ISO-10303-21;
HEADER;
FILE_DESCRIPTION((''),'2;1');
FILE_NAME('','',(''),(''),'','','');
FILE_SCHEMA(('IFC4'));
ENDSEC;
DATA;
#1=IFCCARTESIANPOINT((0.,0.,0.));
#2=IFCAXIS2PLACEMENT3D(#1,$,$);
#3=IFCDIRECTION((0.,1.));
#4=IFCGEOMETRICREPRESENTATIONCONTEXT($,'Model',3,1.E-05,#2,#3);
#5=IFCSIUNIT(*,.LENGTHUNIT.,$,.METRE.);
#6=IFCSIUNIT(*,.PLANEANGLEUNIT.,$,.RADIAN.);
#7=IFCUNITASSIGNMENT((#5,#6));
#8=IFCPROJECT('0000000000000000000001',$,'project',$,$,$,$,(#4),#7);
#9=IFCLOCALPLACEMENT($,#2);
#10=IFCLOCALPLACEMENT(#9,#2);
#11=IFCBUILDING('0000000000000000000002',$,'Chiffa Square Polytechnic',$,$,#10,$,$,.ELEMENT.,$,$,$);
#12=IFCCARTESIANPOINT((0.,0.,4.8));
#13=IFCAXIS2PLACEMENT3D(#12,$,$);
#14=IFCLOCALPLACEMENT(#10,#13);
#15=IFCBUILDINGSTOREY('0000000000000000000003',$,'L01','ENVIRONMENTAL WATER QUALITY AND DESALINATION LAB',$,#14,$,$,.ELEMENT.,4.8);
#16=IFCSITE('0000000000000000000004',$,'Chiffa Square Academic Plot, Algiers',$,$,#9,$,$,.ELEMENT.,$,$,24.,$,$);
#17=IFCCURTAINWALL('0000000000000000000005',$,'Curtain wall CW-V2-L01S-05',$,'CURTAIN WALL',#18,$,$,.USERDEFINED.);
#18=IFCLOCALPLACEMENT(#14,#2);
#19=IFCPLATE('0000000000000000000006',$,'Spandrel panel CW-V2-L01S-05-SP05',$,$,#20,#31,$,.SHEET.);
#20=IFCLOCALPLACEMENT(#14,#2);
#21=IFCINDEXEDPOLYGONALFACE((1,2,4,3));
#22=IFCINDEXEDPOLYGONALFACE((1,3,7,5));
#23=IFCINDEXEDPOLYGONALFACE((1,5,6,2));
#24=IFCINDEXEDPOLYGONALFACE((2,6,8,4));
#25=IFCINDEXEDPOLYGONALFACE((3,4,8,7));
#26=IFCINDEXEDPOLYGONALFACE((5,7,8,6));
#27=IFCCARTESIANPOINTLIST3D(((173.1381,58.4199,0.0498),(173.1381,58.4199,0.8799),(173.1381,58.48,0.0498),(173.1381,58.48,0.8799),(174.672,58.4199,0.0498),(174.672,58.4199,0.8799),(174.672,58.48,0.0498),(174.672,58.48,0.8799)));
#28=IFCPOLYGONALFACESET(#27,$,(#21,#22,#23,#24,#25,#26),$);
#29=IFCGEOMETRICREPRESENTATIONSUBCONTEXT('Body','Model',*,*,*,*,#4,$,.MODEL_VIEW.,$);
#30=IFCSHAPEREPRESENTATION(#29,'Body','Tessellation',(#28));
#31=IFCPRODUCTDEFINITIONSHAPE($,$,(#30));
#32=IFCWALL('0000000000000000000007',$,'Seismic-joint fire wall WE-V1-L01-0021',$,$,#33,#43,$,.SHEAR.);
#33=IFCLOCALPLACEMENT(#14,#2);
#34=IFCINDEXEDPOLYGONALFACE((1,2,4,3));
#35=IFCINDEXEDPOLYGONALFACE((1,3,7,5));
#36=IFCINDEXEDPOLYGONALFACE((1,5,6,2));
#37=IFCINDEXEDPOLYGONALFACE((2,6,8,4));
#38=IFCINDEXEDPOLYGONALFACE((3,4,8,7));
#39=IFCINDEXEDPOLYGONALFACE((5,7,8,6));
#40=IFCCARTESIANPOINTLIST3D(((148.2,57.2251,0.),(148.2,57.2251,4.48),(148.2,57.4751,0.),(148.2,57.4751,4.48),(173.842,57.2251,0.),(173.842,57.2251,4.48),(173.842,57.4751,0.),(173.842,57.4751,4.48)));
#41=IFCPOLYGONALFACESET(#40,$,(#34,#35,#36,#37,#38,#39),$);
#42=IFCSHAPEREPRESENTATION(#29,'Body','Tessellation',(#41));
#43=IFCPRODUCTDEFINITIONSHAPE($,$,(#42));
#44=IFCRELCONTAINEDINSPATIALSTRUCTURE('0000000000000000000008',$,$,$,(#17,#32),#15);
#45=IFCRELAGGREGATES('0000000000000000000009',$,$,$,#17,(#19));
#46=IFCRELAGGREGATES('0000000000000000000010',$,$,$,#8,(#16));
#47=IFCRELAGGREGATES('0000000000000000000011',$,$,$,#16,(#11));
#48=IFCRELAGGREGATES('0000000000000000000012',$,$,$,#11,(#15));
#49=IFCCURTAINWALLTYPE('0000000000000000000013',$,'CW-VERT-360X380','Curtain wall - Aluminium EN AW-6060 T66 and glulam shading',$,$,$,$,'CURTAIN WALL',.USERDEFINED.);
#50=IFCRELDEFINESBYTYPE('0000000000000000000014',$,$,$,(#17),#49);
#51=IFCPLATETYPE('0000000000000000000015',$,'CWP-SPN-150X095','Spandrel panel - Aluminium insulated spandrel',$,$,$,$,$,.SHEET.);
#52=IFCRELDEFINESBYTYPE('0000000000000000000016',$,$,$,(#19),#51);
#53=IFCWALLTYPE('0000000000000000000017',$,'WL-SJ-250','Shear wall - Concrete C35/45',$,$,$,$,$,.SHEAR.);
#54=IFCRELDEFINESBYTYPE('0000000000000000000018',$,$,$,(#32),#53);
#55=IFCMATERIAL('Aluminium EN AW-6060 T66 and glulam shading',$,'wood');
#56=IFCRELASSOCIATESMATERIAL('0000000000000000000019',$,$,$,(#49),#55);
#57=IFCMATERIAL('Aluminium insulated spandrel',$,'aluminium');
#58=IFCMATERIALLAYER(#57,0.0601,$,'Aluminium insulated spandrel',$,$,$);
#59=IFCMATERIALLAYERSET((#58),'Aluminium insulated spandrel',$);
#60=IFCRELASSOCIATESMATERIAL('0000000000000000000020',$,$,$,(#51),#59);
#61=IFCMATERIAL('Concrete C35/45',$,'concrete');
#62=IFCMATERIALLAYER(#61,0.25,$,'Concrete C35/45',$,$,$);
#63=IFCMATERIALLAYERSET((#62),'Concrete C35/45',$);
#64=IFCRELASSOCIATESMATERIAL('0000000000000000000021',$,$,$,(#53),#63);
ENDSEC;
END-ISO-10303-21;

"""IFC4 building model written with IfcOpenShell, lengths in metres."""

from ifc_helpers import new_model, si_unit, direction, frame, frame_2d, origin, origin_2d, place, context, subcontext, project, spatial, rectangle, extrude, material, layer, layer_set, type_object, element, aggregate, save


model = new_model("IFC4")

# Units and contexts
model_context = context("Model", 3, precision=1e-05, world=origin(), true_north=direction((0.0, 1.0)))
body_context = subcontext(model_context, "Body", "Model", "MODEL_VIEW")
ifc_project = project(units=[si_unit("LENGTHUNIT", "METRE"), si_unit("PLANEANGLEUNIT", "RADIAN")], contexts=[model_context])

# Site, building, storey
site_placement = place(None, origin())
site = spatial("IfcSite", under=ifc_project, at=site_placement, Name="Chiffa Square Academic Plot, Algiers", CompositionType="ELEMENT", RefElevation=24.0)
building_placement = place(site_placement, origin())
building = spatial("IfcBuilding", under=site, at=building_placement, Name="Chiffa Square Polytechnic", CompositionType="ELEMENT")
storey_placement = place(building_placement, frame((0.0, 0.0, 4.8)))
storey = spatial("IfcBuildingStorey", under=building, at=storey_placement, Name="L01", Description="ENVIRONMENTAL WATER QUALITY AND DESALINATION LAB", CompositionType="ELEMENT", Elevation=4.8)

# Curtain wall
ifc_material_1 = material(Name="Aluminium EN AW-6060 T66 and glulam shading", Category="wood")
curtain_wall_type_1 = type_object("IfcCurtainWallType", Name="CW-VERT-360X380", Description="Curtain wall - Aluminium EN AW-6060 T66 and glulam shading", ElementType="CURTAIN WALL", PredefinedType="USERDEFINED", material=ifc_material_1)
curtain_wall_1_placement = place(storey_placement, origin())
curtain_wall_1 = element("IfcCurtainWall", 1, at=curtain_wall_1_placement, inside=storey, type_object=curtain_wall_type_1, Name="Curtain wall CW-V2-L01S-05", ObjectType="CURTAIN WALL", PredefinedType="USERDEFINED")

# Plate
ifc_material_2 = material(Name="Aluminium insulated spandrel", Category="aluminium")
ifc_layer_1 = layer(ifc_material_2, 0.0601, Name="Aluminium insulated spandrel")
ifc_layer_set_1 = layer_set([ifc_layer_1], Name="Aluminium insulated spandrel")
plate_type_1 = type_object("IfcPlateType", Name="CWP-SPN-150X095", Description="Spandrel panel - Aluminium insulated spandrel", PredefinedType="SHEET", material=ifc_layer_set_1)
plate_1_placement = place(storey_placement, frame((173.905, 58.45, 0.0498), z_axis=(0.0, 0.0, 1.0), x_axis=(1.0, 0.0, 0.0)))
plate_1 = element("IfcPlate", 2, at=plate_1_placement, type_object=plate_type_1, Name="Spandrel panel CW-V2-L01S-05-SP05", PredefinedType="SHEET", context=body_context, shape_type="SweptSolid", body=[
    extrude(rectangle(XDim=1.5339, YDim=0.0601, at=origin_2d()), origin(), (0.0, 0.0, 1.0), 0.8301),
])
aggregate(curtain_wall_1, [plate_1])

# Wall
ifc_material_3 = material(Name="Concrete C35/45", Category="concrete")
ifc_layer_2 = layer(ifc_material_3, 0.25, Name="Concrete C35/45")
ifc_layer_set_2 = layer_set([ifc_layer_2], Name="Concrete C35/45")
wall_type = type_object("IfcWallType", Name="WL-SJ-250", Description="Shear wall - Concrete C35/45", PredefinedType="SHEAR", material=ifc_layer_set_2)
wall_placement = place(storey_placement, frame((173.842, 57.3501, 0.0), z_axis=(0.0, 0.0, 1.0), x_axis=(-1.0, 0.0, 0.0)))
element("IfcWall", 3, at=wall_placement, inside=storey, type_object=wall_type, Name="Seismic-joint fire wall WE-V1-L01-0021", PredefinedType="SHEAR", context=body_context, shape_type="SweptSolid", body=[
    extrude(rectangle(XDim=25.6421, YDim=0.25, at=frame_2d((12.821, 0.0))), origin(), (0.0, 0.0, 1.0), 4.48),
])

save(model, "model.ifc")
